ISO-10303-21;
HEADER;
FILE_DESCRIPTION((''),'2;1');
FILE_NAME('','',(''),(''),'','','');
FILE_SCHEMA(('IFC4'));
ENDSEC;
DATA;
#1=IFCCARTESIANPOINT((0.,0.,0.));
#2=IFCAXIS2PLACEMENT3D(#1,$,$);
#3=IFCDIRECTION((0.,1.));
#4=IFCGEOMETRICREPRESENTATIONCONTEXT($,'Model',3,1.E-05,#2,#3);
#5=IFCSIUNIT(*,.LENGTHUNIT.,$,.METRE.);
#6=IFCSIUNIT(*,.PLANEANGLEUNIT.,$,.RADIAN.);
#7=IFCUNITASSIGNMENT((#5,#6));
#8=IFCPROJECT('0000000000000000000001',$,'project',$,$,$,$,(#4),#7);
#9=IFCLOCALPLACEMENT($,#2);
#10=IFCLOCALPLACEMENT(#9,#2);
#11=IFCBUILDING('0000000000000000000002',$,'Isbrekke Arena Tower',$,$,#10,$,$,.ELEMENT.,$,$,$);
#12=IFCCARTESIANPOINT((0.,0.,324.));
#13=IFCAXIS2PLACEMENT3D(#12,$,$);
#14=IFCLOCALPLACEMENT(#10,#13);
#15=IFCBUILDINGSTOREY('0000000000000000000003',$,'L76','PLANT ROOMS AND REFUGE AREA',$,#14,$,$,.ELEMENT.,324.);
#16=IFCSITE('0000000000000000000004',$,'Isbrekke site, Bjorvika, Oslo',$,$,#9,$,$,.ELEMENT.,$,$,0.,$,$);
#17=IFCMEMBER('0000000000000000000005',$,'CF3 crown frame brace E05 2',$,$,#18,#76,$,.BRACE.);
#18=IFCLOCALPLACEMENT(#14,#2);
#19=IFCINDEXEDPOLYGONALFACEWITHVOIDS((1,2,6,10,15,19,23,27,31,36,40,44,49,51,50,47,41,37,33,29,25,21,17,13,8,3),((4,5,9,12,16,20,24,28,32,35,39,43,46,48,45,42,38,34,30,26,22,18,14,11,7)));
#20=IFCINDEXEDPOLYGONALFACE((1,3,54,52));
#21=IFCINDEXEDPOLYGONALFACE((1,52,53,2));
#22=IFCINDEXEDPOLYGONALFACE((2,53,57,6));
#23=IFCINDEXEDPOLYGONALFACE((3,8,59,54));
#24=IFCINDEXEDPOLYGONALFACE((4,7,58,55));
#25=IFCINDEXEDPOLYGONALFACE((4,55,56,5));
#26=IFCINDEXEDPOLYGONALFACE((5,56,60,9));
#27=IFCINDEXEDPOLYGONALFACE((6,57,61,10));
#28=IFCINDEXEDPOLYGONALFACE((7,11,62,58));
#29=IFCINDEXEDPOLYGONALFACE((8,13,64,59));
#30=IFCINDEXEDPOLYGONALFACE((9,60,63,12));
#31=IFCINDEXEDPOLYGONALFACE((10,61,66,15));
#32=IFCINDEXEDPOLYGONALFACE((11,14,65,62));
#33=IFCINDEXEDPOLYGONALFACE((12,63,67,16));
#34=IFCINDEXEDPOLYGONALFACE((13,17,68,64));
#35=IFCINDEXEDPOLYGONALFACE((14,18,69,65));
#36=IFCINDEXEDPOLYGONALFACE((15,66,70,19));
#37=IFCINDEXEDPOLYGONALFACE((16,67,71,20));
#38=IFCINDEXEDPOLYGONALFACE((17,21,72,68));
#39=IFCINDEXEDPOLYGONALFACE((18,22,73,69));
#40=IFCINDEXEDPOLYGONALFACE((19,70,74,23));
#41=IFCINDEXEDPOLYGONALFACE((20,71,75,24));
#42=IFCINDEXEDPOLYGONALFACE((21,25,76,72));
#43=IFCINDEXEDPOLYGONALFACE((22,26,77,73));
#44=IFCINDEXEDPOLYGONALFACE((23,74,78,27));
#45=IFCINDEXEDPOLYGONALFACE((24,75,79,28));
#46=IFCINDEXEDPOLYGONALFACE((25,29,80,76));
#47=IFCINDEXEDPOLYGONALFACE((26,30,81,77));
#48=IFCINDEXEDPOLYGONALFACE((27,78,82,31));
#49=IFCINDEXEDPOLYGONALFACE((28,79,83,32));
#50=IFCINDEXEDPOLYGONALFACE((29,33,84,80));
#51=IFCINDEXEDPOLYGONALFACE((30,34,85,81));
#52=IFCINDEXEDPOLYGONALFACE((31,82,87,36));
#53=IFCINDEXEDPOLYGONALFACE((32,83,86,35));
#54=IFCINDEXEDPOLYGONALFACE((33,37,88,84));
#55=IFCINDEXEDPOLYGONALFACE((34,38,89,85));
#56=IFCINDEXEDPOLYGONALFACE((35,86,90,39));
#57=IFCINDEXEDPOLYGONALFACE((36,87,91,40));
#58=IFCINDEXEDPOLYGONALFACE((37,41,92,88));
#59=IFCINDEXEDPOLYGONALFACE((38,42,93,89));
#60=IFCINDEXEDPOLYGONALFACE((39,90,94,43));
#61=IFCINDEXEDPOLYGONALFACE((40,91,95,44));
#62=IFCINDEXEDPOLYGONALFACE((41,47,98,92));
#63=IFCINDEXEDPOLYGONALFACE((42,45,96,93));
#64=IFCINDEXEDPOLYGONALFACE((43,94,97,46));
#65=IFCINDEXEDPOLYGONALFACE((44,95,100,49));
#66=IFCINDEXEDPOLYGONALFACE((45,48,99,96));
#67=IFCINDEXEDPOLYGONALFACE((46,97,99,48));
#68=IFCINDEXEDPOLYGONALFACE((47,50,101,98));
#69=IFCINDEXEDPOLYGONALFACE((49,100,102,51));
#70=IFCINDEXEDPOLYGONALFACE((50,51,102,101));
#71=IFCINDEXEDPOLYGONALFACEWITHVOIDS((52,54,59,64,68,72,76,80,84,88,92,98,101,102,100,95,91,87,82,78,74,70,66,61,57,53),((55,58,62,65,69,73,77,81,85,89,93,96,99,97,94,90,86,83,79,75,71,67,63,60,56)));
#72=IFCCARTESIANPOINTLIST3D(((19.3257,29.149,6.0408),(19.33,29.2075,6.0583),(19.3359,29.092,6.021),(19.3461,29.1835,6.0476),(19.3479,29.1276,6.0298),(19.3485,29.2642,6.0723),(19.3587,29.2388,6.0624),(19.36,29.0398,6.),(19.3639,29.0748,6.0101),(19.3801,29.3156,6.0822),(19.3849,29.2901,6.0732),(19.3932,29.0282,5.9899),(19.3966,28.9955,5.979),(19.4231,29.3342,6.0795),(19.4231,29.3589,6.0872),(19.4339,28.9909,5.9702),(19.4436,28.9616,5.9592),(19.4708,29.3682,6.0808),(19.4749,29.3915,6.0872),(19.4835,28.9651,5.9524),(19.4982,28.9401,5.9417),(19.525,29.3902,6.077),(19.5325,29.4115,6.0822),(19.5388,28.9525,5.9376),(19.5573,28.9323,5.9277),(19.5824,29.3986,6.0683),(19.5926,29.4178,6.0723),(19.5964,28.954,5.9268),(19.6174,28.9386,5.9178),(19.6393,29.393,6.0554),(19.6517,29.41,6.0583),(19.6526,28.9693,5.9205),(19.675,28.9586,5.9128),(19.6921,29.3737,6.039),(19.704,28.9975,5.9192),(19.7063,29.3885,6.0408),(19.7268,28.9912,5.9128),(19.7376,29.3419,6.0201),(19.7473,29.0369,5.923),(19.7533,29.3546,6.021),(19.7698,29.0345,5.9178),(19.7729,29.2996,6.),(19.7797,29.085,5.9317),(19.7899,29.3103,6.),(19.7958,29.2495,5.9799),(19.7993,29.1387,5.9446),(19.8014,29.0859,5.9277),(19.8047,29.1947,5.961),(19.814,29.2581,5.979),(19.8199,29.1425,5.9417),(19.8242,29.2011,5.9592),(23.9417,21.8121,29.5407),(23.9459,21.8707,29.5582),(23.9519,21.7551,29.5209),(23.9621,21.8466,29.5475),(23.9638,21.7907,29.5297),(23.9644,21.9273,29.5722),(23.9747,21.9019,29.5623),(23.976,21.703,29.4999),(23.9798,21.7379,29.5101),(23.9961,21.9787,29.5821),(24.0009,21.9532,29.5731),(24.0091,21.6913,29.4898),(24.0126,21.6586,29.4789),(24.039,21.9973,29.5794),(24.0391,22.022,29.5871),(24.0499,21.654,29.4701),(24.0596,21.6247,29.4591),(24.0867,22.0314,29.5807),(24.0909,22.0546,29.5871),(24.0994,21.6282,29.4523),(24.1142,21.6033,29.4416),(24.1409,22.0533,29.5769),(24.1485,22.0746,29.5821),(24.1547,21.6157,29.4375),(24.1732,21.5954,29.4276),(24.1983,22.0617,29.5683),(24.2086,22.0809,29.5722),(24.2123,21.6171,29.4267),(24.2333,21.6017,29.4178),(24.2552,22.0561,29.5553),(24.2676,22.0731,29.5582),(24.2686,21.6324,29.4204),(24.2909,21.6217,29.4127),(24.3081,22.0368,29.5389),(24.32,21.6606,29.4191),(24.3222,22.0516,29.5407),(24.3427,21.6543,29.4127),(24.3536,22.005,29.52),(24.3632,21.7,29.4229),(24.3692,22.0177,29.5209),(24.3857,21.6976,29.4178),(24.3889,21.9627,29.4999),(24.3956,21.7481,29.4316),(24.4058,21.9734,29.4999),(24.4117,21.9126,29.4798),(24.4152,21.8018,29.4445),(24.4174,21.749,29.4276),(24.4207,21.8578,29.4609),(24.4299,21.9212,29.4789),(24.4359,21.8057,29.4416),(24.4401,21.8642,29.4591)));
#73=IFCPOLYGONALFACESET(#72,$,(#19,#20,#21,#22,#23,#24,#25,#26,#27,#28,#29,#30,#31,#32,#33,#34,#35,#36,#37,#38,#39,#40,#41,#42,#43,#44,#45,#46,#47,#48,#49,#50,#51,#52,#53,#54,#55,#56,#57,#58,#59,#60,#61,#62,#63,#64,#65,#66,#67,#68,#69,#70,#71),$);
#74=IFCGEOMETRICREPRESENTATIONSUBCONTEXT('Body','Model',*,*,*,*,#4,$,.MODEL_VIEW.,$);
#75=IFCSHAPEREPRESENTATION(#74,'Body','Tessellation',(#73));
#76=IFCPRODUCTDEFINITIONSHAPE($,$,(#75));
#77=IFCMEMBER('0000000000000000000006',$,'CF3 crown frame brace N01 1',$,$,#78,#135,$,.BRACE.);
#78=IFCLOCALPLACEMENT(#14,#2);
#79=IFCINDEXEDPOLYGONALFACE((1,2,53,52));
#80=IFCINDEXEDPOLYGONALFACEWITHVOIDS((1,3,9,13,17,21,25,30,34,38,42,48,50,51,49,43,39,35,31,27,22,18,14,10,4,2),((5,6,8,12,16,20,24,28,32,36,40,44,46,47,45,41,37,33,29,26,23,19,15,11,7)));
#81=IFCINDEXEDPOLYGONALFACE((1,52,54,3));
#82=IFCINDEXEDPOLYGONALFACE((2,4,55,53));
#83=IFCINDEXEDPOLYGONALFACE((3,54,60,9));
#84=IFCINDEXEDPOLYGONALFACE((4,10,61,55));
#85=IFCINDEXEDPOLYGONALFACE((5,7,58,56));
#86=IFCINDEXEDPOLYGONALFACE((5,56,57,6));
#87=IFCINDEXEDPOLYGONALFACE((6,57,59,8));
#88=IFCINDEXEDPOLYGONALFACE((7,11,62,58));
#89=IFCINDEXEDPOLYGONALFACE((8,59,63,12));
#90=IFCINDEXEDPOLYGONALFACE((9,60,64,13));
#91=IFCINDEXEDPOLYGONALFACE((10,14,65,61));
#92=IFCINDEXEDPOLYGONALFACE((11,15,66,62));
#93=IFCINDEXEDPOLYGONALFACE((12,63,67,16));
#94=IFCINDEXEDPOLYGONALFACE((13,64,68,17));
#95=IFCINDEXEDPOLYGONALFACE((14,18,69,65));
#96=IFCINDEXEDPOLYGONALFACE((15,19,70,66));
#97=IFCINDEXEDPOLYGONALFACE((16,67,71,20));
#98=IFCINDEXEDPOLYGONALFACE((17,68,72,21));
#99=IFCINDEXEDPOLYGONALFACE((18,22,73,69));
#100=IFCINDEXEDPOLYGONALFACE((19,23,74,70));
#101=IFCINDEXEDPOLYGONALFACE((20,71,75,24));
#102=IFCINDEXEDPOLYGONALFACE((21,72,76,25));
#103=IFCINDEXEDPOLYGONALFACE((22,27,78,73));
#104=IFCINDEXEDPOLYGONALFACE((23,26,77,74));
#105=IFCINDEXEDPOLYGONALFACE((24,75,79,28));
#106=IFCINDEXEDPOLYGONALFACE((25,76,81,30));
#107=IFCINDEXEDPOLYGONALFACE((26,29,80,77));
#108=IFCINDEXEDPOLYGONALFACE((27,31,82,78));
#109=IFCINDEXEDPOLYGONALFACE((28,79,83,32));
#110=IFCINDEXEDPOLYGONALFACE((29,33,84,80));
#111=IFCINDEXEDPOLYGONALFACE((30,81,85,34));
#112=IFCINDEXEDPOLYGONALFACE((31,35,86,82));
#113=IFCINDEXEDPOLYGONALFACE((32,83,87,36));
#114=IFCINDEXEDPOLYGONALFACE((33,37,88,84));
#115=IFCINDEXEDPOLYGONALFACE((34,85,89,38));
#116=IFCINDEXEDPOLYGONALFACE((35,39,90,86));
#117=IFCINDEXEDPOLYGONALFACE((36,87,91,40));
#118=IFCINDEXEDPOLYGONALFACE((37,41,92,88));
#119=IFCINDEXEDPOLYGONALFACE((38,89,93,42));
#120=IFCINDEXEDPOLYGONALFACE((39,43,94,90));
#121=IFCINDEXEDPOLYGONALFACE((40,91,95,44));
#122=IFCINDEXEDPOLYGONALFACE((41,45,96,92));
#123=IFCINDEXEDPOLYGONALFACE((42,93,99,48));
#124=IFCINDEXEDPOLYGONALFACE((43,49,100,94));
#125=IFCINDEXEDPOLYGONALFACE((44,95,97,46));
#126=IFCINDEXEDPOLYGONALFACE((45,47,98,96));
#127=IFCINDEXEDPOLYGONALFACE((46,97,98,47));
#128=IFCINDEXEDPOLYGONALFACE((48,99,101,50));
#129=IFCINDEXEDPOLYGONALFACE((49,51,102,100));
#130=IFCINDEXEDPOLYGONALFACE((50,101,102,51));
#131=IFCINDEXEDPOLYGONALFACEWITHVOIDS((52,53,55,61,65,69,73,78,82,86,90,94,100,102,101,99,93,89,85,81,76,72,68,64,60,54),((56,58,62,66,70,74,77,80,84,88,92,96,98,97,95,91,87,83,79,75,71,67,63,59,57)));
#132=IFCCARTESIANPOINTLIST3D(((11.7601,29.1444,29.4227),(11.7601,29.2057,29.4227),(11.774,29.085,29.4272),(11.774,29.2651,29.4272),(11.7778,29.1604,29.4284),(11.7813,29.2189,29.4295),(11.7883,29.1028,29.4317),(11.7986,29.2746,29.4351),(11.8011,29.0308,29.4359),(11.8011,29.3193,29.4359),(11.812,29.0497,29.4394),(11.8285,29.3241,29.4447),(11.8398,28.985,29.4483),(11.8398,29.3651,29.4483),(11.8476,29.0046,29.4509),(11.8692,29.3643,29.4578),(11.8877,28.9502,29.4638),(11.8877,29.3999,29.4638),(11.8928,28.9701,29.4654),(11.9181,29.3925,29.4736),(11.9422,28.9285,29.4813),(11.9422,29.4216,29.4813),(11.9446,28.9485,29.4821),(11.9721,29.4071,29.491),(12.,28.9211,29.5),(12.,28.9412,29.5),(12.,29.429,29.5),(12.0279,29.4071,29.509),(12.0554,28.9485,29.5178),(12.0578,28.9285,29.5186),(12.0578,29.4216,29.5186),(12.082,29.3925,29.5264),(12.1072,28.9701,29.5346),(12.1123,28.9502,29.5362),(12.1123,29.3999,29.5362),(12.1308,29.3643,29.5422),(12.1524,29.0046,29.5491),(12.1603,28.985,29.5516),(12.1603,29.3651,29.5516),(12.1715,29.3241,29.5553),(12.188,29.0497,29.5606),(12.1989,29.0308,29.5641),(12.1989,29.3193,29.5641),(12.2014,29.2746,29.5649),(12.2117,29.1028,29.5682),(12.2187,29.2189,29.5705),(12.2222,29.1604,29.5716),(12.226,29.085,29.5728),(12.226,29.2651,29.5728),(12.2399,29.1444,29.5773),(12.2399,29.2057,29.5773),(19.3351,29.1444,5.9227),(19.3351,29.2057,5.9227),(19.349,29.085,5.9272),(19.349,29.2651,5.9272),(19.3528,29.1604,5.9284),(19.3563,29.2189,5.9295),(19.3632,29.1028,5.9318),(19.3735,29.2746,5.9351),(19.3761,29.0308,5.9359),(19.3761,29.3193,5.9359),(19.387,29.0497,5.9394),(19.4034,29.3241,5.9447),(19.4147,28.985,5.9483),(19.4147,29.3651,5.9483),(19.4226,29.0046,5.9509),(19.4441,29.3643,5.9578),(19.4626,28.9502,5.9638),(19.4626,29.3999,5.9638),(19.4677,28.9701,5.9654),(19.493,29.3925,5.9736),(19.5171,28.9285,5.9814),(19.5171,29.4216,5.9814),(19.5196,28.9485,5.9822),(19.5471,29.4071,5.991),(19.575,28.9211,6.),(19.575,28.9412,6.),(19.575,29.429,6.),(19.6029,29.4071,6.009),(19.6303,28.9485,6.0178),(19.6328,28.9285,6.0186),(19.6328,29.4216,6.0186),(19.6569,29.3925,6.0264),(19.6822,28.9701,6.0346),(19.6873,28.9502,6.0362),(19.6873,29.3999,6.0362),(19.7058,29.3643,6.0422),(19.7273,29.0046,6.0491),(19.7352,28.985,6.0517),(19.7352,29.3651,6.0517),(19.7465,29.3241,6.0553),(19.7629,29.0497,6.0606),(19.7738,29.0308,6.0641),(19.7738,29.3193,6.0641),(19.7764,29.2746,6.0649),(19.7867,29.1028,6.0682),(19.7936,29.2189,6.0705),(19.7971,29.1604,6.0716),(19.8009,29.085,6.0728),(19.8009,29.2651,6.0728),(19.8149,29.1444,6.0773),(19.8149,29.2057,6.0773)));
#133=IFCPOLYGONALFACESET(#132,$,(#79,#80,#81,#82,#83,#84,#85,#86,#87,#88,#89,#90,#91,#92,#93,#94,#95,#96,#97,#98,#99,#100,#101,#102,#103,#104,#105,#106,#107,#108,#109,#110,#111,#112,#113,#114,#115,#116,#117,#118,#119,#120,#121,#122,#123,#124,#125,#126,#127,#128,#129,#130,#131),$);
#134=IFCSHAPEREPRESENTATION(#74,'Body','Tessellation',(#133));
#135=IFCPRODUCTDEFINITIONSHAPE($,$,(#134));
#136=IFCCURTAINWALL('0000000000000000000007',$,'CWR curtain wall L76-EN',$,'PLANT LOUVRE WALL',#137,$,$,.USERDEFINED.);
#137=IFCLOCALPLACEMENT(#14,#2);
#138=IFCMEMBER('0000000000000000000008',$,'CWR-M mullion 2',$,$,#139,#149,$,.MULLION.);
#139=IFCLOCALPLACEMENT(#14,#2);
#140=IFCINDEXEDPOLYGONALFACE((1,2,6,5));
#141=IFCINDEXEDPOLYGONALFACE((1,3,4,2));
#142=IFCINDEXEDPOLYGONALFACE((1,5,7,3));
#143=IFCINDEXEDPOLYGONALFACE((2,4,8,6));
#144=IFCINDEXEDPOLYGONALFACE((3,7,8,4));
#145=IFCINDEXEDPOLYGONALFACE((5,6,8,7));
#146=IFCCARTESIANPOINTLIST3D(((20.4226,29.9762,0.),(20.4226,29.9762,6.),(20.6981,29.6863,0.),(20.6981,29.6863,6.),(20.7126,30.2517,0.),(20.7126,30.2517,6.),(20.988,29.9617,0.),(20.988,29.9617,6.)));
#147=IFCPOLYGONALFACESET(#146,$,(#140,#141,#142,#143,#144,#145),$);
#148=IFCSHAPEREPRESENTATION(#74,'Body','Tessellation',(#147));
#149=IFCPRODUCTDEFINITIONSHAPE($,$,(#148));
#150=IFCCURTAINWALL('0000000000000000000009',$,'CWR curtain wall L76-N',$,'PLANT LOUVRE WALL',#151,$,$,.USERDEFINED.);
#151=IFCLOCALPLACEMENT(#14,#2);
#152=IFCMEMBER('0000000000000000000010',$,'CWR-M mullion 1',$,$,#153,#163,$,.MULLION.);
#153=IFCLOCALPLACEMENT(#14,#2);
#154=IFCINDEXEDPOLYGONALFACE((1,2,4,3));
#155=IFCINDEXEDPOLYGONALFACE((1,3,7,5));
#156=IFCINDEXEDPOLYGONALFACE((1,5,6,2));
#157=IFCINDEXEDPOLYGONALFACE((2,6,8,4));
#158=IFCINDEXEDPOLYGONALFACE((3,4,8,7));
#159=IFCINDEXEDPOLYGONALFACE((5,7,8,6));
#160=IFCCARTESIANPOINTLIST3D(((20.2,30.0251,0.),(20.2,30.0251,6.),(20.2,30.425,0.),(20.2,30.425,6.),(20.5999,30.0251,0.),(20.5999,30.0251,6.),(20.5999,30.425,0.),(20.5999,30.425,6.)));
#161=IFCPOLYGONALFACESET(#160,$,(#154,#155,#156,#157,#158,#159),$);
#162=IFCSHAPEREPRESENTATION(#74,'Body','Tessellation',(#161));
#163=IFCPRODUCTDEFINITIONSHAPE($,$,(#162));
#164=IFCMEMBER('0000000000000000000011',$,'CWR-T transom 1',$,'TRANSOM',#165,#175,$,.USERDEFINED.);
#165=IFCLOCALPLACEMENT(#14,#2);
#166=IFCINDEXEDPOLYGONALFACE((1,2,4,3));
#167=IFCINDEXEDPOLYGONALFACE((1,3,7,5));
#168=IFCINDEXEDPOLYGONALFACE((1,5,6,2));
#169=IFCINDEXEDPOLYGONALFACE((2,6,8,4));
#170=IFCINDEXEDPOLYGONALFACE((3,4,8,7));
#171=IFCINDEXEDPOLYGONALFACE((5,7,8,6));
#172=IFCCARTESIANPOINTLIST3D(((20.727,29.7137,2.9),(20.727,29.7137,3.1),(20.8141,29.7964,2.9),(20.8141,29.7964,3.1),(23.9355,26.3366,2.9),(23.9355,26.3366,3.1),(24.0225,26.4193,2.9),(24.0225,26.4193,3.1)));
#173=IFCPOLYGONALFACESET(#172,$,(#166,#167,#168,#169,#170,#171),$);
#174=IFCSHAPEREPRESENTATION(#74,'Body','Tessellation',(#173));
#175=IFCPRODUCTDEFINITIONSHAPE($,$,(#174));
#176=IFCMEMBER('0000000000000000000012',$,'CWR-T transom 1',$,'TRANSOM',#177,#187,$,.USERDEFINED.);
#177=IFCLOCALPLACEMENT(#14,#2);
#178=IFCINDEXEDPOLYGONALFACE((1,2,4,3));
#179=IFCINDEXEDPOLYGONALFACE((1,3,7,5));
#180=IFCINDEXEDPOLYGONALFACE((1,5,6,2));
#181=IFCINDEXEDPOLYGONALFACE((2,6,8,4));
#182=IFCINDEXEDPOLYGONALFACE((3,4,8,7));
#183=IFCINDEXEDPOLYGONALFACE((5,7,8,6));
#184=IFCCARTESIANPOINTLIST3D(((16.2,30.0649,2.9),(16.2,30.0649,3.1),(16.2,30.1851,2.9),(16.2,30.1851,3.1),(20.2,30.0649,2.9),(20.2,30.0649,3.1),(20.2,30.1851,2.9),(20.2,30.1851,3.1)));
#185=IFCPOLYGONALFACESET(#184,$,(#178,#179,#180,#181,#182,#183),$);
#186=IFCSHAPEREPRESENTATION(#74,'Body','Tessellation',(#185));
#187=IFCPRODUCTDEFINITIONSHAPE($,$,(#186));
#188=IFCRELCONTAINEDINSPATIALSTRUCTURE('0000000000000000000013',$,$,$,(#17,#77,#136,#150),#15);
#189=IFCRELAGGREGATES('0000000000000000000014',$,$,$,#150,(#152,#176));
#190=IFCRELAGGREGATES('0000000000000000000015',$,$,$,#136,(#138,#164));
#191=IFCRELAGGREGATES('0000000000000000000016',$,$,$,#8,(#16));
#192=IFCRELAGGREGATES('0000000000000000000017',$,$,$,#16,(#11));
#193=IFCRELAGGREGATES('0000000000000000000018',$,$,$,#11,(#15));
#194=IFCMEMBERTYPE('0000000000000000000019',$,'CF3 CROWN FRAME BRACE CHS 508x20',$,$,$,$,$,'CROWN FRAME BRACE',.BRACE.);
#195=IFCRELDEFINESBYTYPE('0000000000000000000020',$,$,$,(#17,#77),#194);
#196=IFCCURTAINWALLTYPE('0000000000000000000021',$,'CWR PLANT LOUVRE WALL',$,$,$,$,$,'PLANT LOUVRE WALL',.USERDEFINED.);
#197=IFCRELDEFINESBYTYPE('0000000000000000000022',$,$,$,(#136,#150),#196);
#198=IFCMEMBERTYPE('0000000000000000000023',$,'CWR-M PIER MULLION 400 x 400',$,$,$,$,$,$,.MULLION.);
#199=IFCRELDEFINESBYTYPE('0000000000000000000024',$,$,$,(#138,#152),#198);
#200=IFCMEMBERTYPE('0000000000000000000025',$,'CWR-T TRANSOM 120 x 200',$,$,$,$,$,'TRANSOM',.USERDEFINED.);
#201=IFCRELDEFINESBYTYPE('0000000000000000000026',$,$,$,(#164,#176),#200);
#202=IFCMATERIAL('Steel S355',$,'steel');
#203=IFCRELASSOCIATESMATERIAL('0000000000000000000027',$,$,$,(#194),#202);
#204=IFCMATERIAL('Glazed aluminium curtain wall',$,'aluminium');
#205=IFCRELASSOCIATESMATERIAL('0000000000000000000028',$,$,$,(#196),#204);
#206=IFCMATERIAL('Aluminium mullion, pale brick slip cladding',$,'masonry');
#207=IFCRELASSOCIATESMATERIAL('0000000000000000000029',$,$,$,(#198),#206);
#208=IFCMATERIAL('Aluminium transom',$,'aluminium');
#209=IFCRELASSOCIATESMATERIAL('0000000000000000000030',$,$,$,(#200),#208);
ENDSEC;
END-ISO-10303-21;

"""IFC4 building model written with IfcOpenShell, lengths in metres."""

from ifc_helpers import new_model, si_unit, direction, frame, origin, origin_2d, place, context, subcontext, project, spatial, rectangle, hollow_circle, extrude, material, material_profile, profile_set, type_object, element, aggregate, save


model = new_model("IFC4")

# Units and contexts
model_context = context("Model", 3, precision=1e-05, world=origin(), true_north=direction((0.0, 1.0)))
body_context = subcontext(model_context, "Body", "Model", "MODEL_VIEW")
ifc_project = project(units=[si_unit("LENGTHUNIT", "METRE"), si_unit("PLANEANGLEUNIT", "RADIAN")], contexts=[model_context])

# Site, building, storey
site_placement = place(None, origin())
site = spatial("IfcSite", under=ifc_project, at=site_placement, Name="Isbrekke site, Bjorvika, Oslo", CompositionType="ELEMENT", RefElevation=0.0)
building_placement = place(site_placement, origin())
building = spatial("IfcBuilding", under=site, at=building_placement, Name="Isbrekke Arena Tower", CompositionType="ELEMENT")
storey_placement = place(building_placement, frame((0.0, 0.0, 324.0)))
storey = spatial("IfcBuildingStorey", under=building, at=storey_placement, Name="L76", Description="PLANT ROOMS AND REFUGE AREA", CompositionType="ELEMENT", Elevation=324.0)

# Members
ifc_material_1 = material(Name="Steel S355", Category="steel")
ifc_material_profile_1 = material_profile(ifc_material_1, hollow_circle(Radius=0.2539, WallThickness=0.02, at=origin_2d()), Name="CHS 508x20")
ifc_profile_set_1 = profile_set([ifc_material_profile_1], Name="Steel S355")
member_type_1 = type_object("IfcMemberType", Name="CF3 CROWN FRAME BRACE CHS 508x20", ElementType="CROWN FRAME BRACE", PredefinedType="BRACE", material=ifc_profile_set_1)
member_1_placement = place(storey_placement, frame((19.575, 29.175, 6.0), z_axis=(0.184287, -0.292918, 0.93821), x_axis=(0.846419, 0.532518, 0.0)))
element("IfcMember", 1, at=member_1_placement, inside=storey, type_object=member_type_1, Name="CF3 crown frame brace E05 2", PredefinedType="BRACE", context=body_context, shape_type="SweptSolid", body=[
    extrude(hollow_circle(Radius=0.2539, WallThickness=0.02, at=origin_2d()), origin(), (0.0, 0.0, 1.0), 25.0476),
])
member_2_placement = place(storey_placement, frame((19.575, 29.175, 6.0), z_axis=(-0.306794, 0.0, 0.951776), x_axis=(0.0, -1.0, 0.0)))
element("IfcMember", 2, at=member_2_placement, inside=storey, type_object=member_type_1, Name="CF3 crown frame brace N01 1", PredefinedType="BRACE", context=body_context, shape_type="SweptSolid", body=[
    extrude(hollow_circle(Radius=0.2539, WallThickness=0.02, at=origin_2d()), origin(), (0.0, 0.0, 1.0), 24.6907),
])

# Curtain walls, members
ifc_material_2 = material(Name="Glazed aluminium curtain wall", Category="aluminium")
curtain_wall_type = type_object("IfcCurtainWallType", Name="CWR PLANT LOUVRE WALL", ElementType="PLANT LOUVRE WALL", PredefinedType="USERDEFINED", material=ifc_material_2)
curtain_wall_1_placement = place(storey_placement, origin())
curtain_wall_1 = element("IfcCurtainWall", 3, at=curtain_wall_1_placement, inside=storey, type_object=curtain_wall_type, Name="CWR curtain wall L76-EN", ObjectType="PLANT LOUVRE WALL", PredefinedType="USERDEFINED")
ifc_material_3 = material(Name="Aluminium mullion, pale brick slip cladding", Category="masonry")
ifc_material_profile_2 = material_profile(ifc_material_3, rectangle(XDim=0.3999, YDim=0.3999, at=origin_2d()), Name="PIER 400X400")
ifc_profile_set_2 = profile_set([ifc_material_profile_2], Name="Aluminium mullion, pale brick slip cladding")
member_type_2 = type_object("IfcMemberType", Name="CWR-M PIER MULLION 400 x 400", PredefinedType="MULLION", material=ifc_profile_set_2)
member_3_placement = place(storey_placement, frame((20.7053, 29.969, 0.0), z_axis=(0.0, 0.0, 1.0), x_axis=(-0.688749, 0.724999, 0.0)))
member_3 = element("IfcMember", 4, at=member_3_placement, type_object=member_type_2, Name="CWR-M mullion 2", PredefinedType="MULLION", context=body_context, shape_type="SweptSolid", body=[
    extrude(rectangle(XDim=0.3999, YDim=0.3999, at=origin_2d()), origin(), (0.0, 0.0, 1.0), 6.0),
])
curtain_wall_2_placement = place(storey_placement, origin())
curtain_wall_2 = element("IfcCurtainWall", 5, at=curtain_wall_2_placement, inside=storey, type_object=curtain_wall_type, Name="CWR curtain wall L76-N", ObjectType="PLANT LOUVRE WALL", PredefinedType="USERDEFINED")
member_4_placement = place(storey_placement, frame((20.3999, 30.2251, 0.0), z_axis=(0.0, 0.0, 1.0), x_axis=(-1.0, 0.0, 0.0)))
member_4 = element("IfcMember", 6, at=member_4_placement, type_object=member_type_2, Name="CWR-M mullion 1", PredefinedType="MULLION", context=body_context, shape_type="SweptSolid", body=[
    extrude(rectangle(XDim=0.3999, YDim=0.3999, at=origin_2d()), origin(), (0.0, 0.0, 1.0), 6.0),
])

# Members
ifc_material_4 = material(Name="Aluminium transom", Category="aluminium")
ifc_material_profile_3 = material_profile(ifc_material_4, rectangle(XDim=0.1201, YDim=0.2, at=origin_2d()), Name="TRANSOM 120X200")
ifc_profile_set_3 = profile_set([ifc_material_profile_3], Name="Aluminium transom")
member_type_3 = type_object("IfcMemberType", Name="CWR-T TRANSOM 120 x 200", ElementType="TRANSOM", PredefinedType="USERDEFINED", material=ifc_profile_set_3)
member_5_placement = place(storey_placement, frame((23.979, 26.3779, 3.0), z_axis=(-0.688767, 0.724982, 0.0), x_axis=(-0.724982, -0.688767, 0.0)))
member_5 = element("IfcMember", 7, at=member_5_placement, type_object=member_type_3, Name="CWR-T transom 1", ObjectType="TRANSOM", PredefinedType="USERDEFINED", context=body_context, shape_type="SweptSolid", body=[
    extrude(rectangle(XDim=0.1201, YDim=0.2, at=origin_2d()), origin(), (0.0, 0.0, 1.0), 4.6582),
])
member_6_placement = place(storey_placement, frame((20.2, 30.125, 3.0), z_axis=(-1.0, 0.0, 0.0), x_axis=(0.0, -1.0, 0.0)))
member_6 = element("IfcMember", 8, at=member_6_placement, type_object=member_type_3, Name="CWR-T transom 1", ObjectType="TRANSOM", PredefinedType="USERDEFINED", context=body_context, shape_type="SweptSolid", body=[
    extrude(rectangle(XDim=0.1201, YDim=0.2, at=origin_2d()), origin(), (0.0, 0.0, 1.0), 4.0),
])
aggregate(curtain_wall_2, [member_4, member_6])

aggregate(curtain_wall_1, [member_3, member_5])

save(model, "model.ifc")
